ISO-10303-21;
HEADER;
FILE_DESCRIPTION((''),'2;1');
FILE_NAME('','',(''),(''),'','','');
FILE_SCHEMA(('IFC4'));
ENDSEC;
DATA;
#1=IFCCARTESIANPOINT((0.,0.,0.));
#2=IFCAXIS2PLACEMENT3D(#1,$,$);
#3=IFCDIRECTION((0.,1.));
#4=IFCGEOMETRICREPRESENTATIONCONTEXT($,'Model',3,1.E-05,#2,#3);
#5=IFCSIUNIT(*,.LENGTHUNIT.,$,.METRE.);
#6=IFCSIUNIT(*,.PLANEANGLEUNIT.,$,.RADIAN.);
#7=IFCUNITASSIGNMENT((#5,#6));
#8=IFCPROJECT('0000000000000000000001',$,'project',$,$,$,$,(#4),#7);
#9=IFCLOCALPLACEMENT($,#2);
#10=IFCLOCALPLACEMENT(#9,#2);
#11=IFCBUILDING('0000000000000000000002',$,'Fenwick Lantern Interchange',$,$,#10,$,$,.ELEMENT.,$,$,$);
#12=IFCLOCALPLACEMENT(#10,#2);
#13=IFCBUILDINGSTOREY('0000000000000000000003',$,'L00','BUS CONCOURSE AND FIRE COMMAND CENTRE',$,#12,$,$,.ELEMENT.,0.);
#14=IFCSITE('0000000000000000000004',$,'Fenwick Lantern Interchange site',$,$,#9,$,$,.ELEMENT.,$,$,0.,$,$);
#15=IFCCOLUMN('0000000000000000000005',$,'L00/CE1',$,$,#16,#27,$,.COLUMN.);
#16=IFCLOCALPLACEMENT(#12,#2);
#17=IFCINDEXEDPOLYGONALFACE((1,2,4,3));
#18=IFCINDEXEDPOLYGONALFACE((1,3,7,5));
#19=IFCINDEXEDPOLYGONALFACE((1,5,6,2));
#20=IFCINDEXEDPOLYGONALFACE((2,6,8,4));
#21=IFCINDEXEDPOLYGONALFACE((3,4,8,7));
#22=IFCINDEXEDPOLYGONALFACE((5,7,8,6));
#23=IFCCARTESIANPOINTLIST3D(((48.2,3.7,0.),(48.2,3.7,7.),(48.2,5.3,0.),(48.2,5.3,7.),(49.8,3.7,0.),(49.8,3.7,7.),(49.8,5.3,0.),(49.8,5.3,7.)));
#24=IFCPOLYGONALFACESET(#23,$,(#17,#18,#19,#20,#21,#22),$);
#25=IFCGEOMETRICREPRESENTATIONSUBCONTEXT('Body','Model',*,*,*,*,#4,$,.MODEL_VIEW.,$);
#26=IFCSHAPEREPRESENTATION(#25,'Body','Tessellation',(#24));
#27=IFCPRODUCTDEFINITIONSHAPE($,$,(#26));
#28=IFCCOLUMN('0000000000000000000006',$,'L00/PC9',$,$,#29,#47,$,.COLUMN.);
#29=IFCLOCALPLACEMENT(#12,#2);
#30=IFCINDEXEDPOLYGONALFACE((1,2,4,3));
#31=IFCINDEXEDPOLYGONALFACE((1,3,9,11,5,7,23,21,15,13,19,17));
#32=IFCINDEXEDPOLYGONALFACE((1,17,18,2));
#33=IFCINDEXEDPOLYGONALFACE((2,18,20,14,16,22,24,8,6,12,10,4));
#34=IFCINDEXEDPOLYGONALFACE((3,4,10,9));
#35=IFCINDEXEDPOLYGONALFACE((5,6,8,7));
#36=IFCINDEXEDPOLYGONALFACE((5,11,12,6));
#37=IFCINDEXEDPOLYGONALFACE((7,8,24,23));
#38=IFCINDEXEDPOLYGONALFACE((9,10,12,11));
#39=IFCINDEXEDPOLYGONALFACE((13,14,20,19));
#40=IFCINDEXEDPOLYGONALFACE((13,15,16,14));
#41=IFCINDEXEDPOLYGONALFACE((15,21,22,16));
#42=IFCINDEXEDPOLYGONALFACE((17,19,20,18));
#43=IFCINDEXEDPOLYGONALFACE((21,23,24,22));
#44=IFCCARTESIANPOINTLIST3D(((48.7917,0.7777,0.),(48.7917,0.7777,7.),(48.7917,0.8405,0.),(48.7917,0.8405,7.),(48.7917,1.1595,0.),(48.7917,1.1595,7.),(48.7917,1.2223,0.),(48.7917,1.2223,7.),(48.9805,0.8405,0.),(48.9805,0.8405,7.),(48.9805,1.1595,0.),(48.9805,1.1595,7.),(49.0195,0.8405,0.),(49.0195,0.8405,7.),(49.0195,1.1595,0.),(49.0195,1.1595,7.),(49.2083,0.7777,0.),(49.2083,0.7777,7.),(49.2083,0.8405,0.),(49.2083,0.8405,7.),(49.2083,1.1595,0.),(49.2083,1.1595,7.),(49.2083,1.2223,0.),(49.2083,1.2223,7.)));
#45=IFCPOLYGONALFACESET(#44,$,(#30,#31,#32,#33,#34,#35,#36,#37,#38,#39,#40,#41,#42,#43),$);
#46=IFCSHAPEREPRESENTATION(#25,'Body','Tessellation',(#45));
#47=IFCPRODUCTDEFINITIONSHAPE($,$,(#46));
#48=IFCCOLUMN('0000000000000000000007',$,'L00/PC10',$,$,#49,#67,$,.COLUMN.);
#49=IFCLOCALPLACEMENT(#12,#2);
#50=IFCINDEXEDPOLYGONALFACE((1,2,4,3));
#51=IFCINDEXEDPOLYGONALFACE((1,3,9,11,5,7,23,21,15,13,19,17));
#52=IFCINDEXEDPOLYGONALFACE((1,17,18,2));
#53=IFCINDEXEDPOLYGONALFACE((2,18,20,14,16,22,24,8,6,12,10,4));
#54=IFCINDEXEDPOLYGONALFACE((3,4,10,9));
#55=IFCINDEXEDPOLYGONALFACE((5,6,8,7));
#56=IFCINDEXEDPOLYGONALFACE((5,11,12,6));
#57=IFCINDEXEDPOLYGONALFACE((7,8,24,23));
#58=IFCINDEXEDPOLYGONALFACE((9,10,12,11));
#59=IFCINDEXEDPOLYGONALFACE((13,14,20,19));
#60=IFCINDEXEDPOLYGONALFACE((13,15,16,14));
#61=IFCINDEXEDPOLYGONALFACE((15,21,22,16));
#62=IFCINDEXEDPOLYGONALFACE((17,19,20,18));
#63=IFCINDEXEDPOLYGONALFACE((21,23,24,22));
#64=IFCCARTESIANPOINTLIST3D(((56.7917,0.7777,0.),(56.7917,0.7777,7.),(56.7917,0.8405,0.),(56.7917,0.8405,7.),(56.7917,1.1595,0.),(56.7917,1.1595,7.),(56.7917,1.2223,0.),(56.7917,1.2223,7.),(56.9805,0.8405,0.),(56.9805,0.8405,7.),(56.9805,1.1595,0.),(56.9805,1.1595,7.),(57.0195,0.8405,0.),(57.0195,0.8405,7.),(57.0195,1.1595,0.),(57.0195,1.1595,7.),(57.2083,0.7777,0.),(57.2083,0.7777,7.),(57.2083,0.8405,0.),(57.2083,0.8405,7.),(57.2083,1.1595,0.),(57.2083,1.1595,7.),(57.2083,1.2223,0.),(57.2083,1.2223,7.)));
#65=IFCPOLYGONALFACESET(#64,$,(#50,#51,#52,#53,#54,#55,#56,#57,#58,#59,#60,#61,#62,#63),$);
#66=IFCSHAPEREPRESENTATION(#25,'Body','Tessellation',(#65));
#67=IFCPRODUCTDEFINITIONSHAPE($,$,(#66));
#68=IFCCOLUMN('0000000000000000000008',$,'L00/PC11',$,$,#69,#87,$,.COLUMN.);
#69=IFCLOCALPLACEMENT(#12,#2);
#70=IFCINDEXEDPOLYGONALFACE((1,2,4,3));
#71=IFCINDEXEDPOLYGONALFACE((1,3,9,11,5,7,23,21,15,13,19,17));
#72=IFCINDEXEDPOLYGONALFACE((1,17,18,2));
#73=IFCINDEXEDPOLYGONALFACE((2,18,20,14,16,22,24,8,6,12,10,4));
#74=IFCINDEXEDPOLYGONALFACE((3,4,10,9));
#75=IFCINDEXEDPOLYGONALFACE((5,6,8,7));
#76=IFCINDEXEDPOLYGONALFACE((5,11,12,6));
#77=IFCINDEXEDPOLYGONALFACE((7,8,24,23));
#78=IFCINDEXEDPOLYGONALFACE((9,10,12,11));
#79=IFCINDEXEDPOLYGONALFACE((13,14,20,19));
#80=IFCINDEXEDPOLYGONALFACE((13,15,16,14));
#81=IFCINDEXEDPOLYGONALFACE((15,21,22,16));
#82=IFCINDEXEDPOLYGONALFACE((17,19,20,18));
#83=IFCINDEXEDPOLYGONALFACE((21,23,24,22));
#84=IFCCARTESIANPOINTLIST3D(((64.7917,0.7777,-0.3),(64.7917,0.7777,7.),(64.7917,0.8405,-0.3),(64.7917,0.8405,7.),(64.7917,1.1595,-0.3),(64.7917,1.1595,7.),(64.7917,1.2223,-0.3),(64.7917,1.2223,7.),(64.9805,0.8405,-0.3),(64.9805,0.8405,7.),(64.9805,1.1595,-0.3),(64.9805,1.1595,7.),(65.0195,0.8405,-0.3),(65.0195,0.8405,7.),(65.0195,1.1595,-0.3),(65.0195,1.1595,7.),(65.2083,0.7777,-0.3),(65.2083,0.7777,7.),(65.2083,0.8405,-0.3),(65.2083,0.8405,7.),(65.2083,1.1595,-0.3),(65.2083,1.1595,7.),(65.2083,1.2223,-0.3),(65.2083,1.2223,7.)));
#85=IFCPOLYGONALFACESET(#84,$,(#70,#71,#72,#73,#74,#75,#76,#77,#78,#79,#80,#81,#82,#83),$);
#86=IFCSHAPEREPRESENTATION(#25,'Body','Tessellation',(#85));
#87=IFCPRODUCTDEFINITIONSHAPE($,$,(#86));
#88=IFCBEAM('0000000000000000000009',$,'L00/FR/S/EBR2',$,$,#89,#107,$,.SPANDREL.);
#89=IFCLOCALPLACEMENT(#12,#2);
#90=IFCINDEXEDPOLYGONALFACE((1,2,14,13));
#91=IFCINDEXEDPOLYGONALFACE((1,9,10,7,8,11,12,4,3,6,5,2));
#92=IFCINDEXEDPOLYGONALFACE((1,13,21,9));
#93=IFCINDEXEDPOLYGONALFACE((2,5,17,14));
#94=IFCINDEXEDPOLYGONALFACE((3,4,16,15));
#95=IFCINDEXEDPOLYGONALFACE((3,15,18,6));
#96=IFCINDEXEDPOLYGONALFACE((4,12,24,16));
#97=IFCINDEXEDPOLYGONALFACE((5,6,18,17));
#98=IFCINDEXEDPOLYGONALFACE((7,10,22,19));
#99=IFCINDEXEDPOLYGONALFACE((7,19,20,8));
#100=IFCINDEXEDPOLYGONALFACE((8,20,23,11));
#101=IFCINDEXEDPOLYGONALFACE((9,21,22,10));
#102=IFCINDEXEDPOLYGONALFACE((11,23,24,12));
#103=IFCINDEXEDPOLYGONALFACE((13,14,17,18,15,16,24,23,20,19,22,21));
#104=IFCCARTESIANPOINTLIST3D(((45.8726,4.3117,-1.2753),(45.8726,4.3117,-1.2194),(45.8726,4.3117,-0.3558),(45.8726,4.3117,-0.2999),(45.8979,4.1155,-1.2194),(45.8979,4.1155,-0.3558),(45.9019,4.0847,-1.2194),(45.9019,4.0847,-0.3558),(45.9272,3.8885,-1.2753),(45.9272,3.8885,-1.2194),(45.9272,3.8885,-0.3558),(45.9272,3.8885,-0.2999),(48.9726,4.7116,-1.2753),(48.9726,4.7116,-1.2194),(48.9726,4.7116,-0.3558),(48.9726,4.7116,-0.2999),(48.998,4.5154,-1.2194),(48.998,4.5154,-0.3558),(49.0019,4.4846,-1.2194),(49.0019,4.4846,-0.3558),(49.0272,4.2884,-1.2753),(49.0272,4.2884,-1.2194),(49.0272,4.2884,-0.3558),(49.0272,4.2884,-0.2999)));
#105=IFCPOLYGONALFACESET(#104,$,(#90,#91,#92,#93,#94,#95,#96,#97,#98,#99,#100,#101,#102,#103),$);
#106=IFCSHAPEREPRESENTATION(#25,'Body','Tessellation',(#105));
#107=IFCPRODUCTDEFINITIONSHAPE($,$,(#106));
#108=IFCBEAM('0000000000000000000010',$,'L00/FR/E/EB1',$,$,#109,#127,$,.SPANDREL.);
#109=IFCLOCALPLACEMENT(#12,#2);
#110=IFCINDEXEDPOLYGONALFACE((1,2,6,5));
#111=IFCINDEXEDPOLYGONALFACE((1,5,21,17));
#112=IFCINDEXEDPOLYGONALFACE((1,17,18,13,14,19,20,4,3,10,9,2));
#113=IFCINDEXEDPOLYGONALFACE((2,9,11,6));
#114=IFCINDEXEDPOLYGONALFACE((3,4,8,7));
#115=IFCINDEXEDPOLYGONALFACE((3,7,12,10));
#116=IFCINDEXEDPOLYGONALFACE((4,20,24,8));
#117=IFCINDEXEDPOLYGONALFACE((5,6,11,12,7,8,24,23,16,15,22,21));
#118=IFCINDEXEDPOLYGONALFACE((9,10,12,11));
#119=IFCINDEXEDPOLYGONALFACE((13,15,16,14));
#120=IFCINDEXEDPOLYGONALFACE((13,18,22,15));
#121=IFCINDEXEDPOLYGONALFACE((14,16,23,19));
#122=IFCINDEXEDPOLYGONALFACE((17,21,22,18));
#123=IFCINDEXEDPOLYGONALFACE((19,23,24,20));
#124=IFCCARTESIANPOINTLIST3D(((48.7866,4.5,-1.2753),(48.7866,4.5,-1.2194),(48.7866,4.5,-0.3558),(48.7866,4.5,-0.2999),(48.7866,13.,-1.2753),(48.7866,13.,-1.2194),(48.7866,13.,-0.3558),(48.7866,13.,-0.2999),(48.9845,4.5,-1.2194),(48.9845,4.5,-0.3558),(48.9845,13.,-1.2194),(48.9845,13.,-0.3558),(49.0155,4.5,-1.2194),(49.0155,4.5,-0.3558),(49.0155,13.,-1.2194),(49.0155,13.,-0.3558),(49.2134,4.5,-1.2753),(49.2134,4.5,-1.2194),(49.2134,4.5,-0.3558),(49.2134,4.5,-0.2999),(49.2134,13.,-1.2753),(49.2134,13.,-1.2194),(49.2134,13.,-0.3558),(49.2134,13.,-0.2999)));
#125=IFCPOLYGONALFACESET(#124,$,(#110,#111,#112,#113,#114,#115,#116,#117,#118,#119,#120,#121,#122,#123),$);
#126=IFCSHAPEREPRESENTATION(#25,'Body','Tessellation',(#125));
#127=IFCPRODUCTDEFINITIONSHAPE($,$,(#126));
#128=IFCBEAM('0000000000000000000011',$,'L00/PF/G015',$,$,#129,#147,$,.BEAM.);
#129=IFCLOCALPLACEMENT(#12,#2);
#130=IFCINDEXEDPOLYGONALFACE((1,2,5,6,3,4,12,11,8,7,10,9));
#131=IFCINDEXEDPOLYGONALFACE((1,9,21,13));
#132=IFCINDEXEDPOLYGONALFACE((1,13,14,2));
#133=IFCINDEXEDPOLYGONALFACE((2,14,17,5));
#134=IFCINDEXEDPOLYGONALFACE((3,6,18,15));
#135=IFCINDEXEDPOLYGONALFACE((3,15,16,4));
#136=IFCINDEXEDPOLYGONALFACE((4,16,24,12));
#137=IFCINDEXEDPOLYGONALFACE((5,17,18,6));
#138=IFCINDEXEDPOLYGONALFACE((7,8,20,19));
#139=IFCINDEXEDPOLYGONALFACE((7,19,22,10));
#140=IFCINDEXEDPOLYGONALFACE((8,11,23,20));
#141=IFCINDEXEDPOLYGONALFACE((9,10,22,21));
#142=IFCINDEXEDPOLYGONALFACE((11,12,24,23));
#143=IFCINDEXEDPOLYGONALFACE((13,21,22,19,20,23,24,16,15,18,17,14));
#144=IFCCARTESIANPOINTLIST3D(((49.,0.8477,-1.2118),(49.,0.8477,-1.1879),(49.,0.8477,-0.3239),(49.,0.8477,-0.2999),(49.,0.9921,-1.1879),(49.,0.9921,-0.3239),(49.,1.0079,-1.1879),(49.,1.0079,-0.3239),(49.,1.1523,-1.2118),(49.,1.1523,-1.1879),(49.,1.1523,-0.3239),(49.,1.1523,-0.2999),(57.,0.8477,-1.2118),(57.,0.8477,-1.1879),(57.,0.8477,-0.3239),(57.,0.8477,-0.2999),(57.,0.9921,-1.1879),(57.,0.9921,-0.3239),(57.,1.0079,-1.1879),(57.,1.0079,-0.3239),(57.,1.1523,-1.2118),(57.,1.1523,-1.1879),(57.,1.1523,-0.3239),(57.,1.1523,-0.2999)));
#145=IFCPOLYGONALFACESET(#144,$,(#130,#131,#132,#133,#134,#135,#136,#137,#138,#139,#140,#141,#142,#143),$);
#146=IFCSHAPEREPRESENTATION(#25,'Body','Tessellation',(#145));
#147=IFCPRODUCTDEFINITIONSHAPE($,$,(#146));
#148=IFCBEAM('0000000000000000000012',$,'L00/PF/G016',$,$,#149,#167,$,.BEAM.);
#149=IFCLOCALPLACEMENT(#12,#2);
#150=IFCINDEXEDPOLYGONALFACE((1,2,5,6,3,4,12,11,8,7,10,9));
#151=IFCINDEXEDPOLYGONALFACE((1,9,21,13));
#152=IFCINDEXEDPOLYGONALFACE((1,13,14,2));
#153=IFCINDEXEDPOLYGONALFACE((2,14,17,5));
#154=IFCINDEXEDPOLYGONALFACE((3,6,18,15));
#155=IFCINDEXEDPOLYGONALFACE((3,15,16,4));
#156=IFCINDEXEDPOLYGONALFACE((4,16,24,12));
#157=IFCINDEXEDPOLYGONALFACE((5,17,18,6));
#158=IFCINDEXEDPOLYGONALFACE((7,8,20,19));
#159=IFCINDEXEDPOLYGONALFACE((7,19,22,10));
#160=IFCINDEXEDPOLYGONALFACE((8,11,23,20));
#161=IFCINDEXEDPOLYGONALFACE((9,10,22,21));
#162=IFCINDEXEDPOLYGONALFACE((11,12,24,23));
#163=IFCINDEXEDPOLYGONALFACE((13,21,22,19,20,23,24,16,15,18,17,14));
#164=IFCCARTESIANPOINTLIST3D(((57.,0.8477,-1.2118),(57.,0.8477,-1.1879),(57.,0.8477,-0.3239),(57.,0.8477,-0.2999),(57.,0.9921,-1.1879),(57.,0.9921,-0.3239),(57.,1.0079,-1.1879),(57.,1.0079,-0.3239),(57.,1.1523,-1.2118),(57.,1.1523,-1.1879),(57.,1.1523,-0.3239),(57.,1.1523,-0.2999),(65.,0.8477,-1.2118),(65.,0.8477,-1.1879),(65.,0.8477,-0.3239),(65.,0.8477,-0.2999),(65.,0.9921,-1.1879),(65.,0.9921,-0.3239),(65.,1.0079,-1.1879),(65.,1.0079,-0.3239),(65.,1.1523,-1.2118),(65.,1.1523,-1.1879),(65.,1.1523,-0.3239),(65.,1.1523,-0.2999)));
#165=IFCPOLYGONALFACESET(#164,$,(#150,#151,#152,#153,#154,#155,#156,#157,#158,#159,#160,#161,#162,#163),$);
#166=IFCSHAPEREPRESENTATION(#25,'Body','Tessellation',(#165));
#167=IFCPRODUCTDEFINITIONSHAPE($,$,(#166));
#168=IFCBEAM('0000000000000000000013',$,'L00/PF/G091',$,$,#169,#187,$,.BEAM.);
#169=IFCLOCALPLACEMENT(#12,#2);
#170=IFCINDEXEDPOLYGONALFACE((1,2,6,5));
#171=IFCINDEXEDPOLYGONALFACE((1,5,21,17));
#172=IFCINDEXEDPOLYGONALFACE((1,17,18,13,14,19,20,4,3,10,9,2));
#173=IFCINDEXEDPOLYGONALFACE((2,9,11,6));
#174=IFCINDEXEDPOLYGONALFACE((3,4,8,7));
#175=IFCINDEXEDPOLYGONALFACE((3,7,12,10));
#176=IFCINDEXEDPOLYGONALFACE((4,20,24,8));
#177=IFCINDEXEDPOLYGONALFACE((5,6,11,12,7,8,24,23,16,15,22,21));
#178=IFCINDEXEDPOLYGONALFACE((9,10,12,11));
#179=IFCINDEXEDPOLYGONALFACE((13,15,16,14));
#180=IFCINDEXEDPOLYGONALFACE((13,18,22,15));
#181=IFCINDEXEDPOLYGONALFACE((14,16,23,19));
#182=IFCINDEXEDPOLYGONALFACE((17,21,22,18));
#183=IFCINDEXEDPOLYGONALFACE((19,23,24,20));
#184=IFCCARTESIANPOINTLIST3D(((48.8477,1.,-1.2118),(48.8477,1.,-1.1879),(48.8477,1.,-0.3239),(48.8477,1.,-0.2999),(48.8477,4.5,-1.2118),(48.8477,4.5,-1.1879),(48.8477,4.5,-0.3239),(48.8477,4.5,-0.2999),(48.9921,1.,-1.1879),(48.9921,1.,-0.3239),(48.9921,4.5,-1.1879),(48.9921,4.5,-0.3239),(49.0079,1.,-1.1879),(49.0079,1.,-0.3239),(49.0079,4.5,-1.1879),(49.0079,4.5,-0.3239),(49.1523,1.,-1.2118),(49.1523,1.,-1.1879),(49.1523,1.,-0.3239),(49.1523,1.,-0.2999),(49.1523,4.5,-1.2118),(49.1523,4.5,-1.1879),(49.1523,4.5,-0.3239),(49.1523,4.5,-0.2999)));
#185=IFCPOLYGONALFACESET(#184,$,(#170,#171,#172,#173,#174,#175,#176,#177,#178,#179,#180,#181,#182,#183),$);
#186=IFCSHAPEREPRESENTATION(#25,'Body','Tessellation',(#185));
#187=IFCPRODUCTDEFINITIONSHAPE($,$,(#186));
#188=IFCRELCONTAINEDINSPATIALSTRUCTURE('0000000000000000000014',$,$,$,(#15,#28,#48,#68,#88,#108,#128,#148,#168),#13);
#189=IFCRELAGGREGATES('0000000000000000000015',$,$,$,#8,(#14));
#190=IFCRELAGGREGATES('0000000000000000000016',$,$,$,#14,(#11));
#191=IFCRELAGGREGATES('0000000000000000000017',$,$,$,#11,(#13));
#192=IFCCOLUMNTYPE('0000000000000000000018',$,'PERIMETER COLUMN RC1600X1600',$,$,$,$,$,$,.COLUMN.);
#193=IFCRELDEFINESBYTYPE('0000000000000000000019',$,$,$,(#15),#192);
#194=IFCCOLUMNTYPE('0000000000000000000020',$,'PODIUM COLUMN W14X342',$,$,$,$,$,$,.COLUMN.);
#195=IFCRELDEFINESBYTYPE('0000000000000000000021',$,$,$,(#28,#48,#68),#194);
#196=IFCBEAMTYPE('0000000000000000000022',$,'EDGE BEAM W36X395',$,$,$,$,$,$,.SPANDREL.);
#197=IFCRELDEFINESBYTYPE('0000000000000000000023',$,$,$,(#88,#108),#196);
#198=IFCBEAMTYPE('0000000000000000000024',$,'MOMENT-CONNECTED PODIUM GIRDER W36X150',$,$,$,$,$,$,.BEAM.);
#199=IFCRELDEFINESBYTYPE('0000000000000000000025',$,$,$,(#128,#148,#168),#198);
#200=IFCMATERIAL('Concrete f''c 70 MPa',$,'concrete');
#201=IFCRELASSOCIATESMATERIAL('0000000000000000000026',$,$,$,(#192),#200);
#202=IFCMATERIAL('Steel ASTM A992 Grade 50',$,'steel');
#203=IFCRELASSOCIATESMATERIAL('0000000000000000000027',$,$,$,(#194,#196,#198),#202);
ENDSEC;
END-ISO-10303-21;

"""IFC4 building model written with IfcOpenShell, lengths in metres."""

from ifc_helpers import new_model, si_unit, direction, frame, origin, origin_2d, place, context, subcontext, project, spatial, rectangle, i_section, extrude, material, material_profile, profile_set, type_object, element, save


model = new_model("IFC4")

# Units and contexts
model_context = context("Model", 3, precision=1e-05, world=origin(), true_north=direction((0.0, 1.0)))
body_context = subcontext(model_context, "Body", "Model", "MODEL_VIEW")
ifc_project = project(units=[si_unit("LENGTHUNIT", "METRE"), si_unit("PLANEANGLEUNIT", "RADIAN")], contexts=[model_context])

# Site, building, storey
site_placement = place(None, origin())
site = spatial("IfcSite", under=ifc_project, at=site_placement, Name="Fenwick Lantern Interchange site", CompositionType="ELEMENT", RefElevation=0.0)
building_placement = place(site_placement, origin())
building = spatial("IfcBuilding", under=site, at=building_placement, Name="Fenwick Lantern Interchange", CompositionType="ELEMENT")
storey_placement = place(building_placement, origin())
storey = spatial("IfcBuildingStorey", under=building, at=storey_placement, Name="L00", Description="BUS CONCOURSE AND FIRE COMMAND CENTRE", CompositionType="ELEMENT", Elevation=0.0)

# Columns
ifc_material_1 = material(Name="Concrete f'c 70 MPa", Category="concrete")
ifc_material_profile_1 = material_profile(ifc_material_1, rectangle(XDim=1.6001, YDim=1.6001, at=origin_2d()), Name="RC1600X1600")
ifc_profile_set_1 = profile_set([ifc_material_profile_1], Name="Concrete f'c 70 MPa")
column_type_1 = type_object("IfcColumnType", Name="PERIMETER COLUMN RC1600X1600", PredefinedType="COLUMN", material=ifc_profile_set_1)
column_1_placement = place(storey_placement, frame((49.0, 4.5, 0.0), z_axis=(0.0, 0.0, 1.0), x_axis=(1.0, 0.0, 0.0)))
element("IfcColumn", 1, at=column_1_placement, inside=storey, type_object=column_type_1, Name="L00/CE1", PredefinedType="COLUMN", context=body_context, shape_type="SweptSolid", body=[
    extrude(rectangle(XDim=1.6001, YDim=1.6001, at=origin_2d()), origin(), (0.0, 0.0, 1.0), 7.0),
])
ifc_material_2 = material(Name="Steel ASTM A992 Grade 50", Category="steel")
ifc_material_profile_2 = material_profile(ifc_material_2, i_section(OverallWidth=0.4165, OverallDepth=0.4446, WebThickness=0.0391, FlangeThickness=0.0627, at=origin_2d()), Name="W14X342")
ifc_profile_set_2 = profile_set([ifc_material_profile_2], Name="Steel ASTM A992 Grade 50")
column_type_2 = type_object("IfcColumnType", Name="PODIUM COLUMN W14X342", PredefinedType="COLUMN", material=ifc_profile_set_2)
for number, where, z_axis, x_axis, name in (
    (2, (49.0, 1.0, 0.0), (0.0, 0.0, 1.0), (1.0, 0.0, 0.0), "L00/PC9"),
    (3, (57.0, 1.0, 0.0), (0.0, 0.0, 1.0), (1.0, 0.0, 0.0), "L00/PC10"),
):
    element("IfcColumn", number, at=place(storey_placement, frame(where, z_axis=z_axis, x_axis=x_axis)), inside=storey, type_object=column_type_2, Name=name, PredefinedType="COLUMN", context=body_context, shape_type="SweptSolid", body=[
        extrude(i_section(OverallWidth=0.4165, OverallDepth=0.4446, WebThickness=0.0391, FlangeThickness=0.0627, at=origin_2d()), origin(), (0.0, 0.0, 1.0), 7.0),
    ])
column_2_placement = place(storey_placement, frame((65.0, 1.0, -0.3), z_axis=(0.0, 0.0, 1.0), x_axis=(1.0, 0.0, 0.0)))
element("IfcColumn", 4, at=column_2_placement, inside=storey, type_object=column_type_2, Name="L00/PC11", PredefinedType="COLUMN", context=body_context, shape_type="SweptSolid", body=[
    extrude(i_section(OverallWidth=0.4165, OverallDepth=0.4446, WebThickness=0.0391, FlangeThickness=0.0627, at=origin_2d()), origin(), (0.0, 0.0, 1.0), 7.3),
])

# Beams
ifc_material_profile_3 = material_profile(ifc_material_2, i_section(OverallWidth=0.4268, OverallDepth=0.9753, WebThickness=0.031, FlangeThickness=0.0559, at=origin_2d()), Name="W36X395")
ifc_profile_set_3 = profile_set([ifc_material_profile_3], Name="Steel ASTM A992 Grade 50")
beam_type_1 = type_object("IfcBeamType", Name="EDGE BEAM W36X395", PredefinedType="SPANDREL", material=ifc_profile_set_3)
beam_1_placement = place(storey_placement, frame((45.8999, 4.1001, -0.7876), z_axis=(0.991782, 0.127937, 0.0), x_axis=(-0.127937, 0.991782, 0.0)))
element("IfcBeam", 5, at=beam_1_placement, inside=storey, type_object=beam_type_1, Name="L00/FR/S/EBR2", PredefinedType="SPANDREL", context=body_context, shape_type="SweptSolid", body=[
    extrude(i_section(OverallWidth=0.4268, OverallDepth=0.9753, WebThickness=0.031, FlangeThickness=0.0559, at=origin_2d()), origin(), (0.0, 0.0, 1.0), 3.1257),
])
beam_2_placement = place(storey_placement, frame((49.0, 4.5, -0.7876), z_axis=(0.0, 1.0, 0.0), x_axis=(-1.0, 0.0, 0.0)))
element("IfcBeam", 6, at=beam_2_placement, inside=storey, type_object=beam_type_1, Name="L00/FR/E/EB1", PredefinedType="SPANDREL", context=body_context, shape_type="SweptSolid", body=[
    extrude(i_section(OverallWidth=0.4268, OverallDepth=0.9753, WebThickness=0.031, FlangeThickness=0.0559, at=origin_2d()), origin(), (0.0, 0.0, 1.0), 8.5),
])
ifc_material_profile_4 = material_profile(ifc_material_2, i_section(OverallWidth=0.3047, OverallDepth=0.9119, WebThickness=0.0159, FlangeThickness=0.0239, at=origin_2d()), Name="W36X150")
ifc_profile_set_4 = profile_set([ifc_material_profile_4], Name="Steel ASTM A992 Grade 50")
beam_type_2 = type_object("IfcBeamType", Name="MOMENT-CONNECTED PODIUM GIRDER W36X150", PredefinedType="BEAM", material=ifc_profile_set_4)
for number, where, z_axis, x_axis, name in (
    (7, (49.0, 1.0, -0.7559), (1.0, 0.0, 0.0), (0.0, 1.0, 0.0), "L00/PF/G015"),
    (8, (57.0, 1.0, -0.7559), (1.0, 0.0, 0.0), (0.0, 1.0, 0.0), "L00/PF/G016"),
):
    element("IfcBeam", number, at=place(storey_placement, frame(where, z_axis=z_axis, x_axis=x_axis)), inside=storey, type_object=beam_type_2, Name=name, PredefinedType="BEAM", context=body_context, shape_type="SweptSolid", body=[
        extrude(i_section(OverallWidth=0.3047, OverallDepth=0.9119, WebThickness=0.0159, FlangeThickness=0.0239, at=origin_2d()), origin(), (0.0, 0.0, 1.0), 8.0),
    ])
beam_3_placement = place(storey_placement, frame((49.0, 1.0, -0.7559), z_axis=(0.0, 1.0, 0.0), x_axis=(-1.0, 0.0, 0.0)))
element("IfcBeam", 9, at=beam_3_placement, inside=storey, type_object=beam_type_2, Name="L00/PF/G091", PredefinedType="BEAM", context=body_context, shape_type="SweptSolid", body=[
    extrude(i_section(OverallWidth=0.3047, OverallDepth=0.9119, WebThickness=0.0159, FlangeThickness=0.0239, at=origin_2d()), origin(), (0.0, 0.0, 1.0), 3.5),
])

save(model, "model.ifc")
